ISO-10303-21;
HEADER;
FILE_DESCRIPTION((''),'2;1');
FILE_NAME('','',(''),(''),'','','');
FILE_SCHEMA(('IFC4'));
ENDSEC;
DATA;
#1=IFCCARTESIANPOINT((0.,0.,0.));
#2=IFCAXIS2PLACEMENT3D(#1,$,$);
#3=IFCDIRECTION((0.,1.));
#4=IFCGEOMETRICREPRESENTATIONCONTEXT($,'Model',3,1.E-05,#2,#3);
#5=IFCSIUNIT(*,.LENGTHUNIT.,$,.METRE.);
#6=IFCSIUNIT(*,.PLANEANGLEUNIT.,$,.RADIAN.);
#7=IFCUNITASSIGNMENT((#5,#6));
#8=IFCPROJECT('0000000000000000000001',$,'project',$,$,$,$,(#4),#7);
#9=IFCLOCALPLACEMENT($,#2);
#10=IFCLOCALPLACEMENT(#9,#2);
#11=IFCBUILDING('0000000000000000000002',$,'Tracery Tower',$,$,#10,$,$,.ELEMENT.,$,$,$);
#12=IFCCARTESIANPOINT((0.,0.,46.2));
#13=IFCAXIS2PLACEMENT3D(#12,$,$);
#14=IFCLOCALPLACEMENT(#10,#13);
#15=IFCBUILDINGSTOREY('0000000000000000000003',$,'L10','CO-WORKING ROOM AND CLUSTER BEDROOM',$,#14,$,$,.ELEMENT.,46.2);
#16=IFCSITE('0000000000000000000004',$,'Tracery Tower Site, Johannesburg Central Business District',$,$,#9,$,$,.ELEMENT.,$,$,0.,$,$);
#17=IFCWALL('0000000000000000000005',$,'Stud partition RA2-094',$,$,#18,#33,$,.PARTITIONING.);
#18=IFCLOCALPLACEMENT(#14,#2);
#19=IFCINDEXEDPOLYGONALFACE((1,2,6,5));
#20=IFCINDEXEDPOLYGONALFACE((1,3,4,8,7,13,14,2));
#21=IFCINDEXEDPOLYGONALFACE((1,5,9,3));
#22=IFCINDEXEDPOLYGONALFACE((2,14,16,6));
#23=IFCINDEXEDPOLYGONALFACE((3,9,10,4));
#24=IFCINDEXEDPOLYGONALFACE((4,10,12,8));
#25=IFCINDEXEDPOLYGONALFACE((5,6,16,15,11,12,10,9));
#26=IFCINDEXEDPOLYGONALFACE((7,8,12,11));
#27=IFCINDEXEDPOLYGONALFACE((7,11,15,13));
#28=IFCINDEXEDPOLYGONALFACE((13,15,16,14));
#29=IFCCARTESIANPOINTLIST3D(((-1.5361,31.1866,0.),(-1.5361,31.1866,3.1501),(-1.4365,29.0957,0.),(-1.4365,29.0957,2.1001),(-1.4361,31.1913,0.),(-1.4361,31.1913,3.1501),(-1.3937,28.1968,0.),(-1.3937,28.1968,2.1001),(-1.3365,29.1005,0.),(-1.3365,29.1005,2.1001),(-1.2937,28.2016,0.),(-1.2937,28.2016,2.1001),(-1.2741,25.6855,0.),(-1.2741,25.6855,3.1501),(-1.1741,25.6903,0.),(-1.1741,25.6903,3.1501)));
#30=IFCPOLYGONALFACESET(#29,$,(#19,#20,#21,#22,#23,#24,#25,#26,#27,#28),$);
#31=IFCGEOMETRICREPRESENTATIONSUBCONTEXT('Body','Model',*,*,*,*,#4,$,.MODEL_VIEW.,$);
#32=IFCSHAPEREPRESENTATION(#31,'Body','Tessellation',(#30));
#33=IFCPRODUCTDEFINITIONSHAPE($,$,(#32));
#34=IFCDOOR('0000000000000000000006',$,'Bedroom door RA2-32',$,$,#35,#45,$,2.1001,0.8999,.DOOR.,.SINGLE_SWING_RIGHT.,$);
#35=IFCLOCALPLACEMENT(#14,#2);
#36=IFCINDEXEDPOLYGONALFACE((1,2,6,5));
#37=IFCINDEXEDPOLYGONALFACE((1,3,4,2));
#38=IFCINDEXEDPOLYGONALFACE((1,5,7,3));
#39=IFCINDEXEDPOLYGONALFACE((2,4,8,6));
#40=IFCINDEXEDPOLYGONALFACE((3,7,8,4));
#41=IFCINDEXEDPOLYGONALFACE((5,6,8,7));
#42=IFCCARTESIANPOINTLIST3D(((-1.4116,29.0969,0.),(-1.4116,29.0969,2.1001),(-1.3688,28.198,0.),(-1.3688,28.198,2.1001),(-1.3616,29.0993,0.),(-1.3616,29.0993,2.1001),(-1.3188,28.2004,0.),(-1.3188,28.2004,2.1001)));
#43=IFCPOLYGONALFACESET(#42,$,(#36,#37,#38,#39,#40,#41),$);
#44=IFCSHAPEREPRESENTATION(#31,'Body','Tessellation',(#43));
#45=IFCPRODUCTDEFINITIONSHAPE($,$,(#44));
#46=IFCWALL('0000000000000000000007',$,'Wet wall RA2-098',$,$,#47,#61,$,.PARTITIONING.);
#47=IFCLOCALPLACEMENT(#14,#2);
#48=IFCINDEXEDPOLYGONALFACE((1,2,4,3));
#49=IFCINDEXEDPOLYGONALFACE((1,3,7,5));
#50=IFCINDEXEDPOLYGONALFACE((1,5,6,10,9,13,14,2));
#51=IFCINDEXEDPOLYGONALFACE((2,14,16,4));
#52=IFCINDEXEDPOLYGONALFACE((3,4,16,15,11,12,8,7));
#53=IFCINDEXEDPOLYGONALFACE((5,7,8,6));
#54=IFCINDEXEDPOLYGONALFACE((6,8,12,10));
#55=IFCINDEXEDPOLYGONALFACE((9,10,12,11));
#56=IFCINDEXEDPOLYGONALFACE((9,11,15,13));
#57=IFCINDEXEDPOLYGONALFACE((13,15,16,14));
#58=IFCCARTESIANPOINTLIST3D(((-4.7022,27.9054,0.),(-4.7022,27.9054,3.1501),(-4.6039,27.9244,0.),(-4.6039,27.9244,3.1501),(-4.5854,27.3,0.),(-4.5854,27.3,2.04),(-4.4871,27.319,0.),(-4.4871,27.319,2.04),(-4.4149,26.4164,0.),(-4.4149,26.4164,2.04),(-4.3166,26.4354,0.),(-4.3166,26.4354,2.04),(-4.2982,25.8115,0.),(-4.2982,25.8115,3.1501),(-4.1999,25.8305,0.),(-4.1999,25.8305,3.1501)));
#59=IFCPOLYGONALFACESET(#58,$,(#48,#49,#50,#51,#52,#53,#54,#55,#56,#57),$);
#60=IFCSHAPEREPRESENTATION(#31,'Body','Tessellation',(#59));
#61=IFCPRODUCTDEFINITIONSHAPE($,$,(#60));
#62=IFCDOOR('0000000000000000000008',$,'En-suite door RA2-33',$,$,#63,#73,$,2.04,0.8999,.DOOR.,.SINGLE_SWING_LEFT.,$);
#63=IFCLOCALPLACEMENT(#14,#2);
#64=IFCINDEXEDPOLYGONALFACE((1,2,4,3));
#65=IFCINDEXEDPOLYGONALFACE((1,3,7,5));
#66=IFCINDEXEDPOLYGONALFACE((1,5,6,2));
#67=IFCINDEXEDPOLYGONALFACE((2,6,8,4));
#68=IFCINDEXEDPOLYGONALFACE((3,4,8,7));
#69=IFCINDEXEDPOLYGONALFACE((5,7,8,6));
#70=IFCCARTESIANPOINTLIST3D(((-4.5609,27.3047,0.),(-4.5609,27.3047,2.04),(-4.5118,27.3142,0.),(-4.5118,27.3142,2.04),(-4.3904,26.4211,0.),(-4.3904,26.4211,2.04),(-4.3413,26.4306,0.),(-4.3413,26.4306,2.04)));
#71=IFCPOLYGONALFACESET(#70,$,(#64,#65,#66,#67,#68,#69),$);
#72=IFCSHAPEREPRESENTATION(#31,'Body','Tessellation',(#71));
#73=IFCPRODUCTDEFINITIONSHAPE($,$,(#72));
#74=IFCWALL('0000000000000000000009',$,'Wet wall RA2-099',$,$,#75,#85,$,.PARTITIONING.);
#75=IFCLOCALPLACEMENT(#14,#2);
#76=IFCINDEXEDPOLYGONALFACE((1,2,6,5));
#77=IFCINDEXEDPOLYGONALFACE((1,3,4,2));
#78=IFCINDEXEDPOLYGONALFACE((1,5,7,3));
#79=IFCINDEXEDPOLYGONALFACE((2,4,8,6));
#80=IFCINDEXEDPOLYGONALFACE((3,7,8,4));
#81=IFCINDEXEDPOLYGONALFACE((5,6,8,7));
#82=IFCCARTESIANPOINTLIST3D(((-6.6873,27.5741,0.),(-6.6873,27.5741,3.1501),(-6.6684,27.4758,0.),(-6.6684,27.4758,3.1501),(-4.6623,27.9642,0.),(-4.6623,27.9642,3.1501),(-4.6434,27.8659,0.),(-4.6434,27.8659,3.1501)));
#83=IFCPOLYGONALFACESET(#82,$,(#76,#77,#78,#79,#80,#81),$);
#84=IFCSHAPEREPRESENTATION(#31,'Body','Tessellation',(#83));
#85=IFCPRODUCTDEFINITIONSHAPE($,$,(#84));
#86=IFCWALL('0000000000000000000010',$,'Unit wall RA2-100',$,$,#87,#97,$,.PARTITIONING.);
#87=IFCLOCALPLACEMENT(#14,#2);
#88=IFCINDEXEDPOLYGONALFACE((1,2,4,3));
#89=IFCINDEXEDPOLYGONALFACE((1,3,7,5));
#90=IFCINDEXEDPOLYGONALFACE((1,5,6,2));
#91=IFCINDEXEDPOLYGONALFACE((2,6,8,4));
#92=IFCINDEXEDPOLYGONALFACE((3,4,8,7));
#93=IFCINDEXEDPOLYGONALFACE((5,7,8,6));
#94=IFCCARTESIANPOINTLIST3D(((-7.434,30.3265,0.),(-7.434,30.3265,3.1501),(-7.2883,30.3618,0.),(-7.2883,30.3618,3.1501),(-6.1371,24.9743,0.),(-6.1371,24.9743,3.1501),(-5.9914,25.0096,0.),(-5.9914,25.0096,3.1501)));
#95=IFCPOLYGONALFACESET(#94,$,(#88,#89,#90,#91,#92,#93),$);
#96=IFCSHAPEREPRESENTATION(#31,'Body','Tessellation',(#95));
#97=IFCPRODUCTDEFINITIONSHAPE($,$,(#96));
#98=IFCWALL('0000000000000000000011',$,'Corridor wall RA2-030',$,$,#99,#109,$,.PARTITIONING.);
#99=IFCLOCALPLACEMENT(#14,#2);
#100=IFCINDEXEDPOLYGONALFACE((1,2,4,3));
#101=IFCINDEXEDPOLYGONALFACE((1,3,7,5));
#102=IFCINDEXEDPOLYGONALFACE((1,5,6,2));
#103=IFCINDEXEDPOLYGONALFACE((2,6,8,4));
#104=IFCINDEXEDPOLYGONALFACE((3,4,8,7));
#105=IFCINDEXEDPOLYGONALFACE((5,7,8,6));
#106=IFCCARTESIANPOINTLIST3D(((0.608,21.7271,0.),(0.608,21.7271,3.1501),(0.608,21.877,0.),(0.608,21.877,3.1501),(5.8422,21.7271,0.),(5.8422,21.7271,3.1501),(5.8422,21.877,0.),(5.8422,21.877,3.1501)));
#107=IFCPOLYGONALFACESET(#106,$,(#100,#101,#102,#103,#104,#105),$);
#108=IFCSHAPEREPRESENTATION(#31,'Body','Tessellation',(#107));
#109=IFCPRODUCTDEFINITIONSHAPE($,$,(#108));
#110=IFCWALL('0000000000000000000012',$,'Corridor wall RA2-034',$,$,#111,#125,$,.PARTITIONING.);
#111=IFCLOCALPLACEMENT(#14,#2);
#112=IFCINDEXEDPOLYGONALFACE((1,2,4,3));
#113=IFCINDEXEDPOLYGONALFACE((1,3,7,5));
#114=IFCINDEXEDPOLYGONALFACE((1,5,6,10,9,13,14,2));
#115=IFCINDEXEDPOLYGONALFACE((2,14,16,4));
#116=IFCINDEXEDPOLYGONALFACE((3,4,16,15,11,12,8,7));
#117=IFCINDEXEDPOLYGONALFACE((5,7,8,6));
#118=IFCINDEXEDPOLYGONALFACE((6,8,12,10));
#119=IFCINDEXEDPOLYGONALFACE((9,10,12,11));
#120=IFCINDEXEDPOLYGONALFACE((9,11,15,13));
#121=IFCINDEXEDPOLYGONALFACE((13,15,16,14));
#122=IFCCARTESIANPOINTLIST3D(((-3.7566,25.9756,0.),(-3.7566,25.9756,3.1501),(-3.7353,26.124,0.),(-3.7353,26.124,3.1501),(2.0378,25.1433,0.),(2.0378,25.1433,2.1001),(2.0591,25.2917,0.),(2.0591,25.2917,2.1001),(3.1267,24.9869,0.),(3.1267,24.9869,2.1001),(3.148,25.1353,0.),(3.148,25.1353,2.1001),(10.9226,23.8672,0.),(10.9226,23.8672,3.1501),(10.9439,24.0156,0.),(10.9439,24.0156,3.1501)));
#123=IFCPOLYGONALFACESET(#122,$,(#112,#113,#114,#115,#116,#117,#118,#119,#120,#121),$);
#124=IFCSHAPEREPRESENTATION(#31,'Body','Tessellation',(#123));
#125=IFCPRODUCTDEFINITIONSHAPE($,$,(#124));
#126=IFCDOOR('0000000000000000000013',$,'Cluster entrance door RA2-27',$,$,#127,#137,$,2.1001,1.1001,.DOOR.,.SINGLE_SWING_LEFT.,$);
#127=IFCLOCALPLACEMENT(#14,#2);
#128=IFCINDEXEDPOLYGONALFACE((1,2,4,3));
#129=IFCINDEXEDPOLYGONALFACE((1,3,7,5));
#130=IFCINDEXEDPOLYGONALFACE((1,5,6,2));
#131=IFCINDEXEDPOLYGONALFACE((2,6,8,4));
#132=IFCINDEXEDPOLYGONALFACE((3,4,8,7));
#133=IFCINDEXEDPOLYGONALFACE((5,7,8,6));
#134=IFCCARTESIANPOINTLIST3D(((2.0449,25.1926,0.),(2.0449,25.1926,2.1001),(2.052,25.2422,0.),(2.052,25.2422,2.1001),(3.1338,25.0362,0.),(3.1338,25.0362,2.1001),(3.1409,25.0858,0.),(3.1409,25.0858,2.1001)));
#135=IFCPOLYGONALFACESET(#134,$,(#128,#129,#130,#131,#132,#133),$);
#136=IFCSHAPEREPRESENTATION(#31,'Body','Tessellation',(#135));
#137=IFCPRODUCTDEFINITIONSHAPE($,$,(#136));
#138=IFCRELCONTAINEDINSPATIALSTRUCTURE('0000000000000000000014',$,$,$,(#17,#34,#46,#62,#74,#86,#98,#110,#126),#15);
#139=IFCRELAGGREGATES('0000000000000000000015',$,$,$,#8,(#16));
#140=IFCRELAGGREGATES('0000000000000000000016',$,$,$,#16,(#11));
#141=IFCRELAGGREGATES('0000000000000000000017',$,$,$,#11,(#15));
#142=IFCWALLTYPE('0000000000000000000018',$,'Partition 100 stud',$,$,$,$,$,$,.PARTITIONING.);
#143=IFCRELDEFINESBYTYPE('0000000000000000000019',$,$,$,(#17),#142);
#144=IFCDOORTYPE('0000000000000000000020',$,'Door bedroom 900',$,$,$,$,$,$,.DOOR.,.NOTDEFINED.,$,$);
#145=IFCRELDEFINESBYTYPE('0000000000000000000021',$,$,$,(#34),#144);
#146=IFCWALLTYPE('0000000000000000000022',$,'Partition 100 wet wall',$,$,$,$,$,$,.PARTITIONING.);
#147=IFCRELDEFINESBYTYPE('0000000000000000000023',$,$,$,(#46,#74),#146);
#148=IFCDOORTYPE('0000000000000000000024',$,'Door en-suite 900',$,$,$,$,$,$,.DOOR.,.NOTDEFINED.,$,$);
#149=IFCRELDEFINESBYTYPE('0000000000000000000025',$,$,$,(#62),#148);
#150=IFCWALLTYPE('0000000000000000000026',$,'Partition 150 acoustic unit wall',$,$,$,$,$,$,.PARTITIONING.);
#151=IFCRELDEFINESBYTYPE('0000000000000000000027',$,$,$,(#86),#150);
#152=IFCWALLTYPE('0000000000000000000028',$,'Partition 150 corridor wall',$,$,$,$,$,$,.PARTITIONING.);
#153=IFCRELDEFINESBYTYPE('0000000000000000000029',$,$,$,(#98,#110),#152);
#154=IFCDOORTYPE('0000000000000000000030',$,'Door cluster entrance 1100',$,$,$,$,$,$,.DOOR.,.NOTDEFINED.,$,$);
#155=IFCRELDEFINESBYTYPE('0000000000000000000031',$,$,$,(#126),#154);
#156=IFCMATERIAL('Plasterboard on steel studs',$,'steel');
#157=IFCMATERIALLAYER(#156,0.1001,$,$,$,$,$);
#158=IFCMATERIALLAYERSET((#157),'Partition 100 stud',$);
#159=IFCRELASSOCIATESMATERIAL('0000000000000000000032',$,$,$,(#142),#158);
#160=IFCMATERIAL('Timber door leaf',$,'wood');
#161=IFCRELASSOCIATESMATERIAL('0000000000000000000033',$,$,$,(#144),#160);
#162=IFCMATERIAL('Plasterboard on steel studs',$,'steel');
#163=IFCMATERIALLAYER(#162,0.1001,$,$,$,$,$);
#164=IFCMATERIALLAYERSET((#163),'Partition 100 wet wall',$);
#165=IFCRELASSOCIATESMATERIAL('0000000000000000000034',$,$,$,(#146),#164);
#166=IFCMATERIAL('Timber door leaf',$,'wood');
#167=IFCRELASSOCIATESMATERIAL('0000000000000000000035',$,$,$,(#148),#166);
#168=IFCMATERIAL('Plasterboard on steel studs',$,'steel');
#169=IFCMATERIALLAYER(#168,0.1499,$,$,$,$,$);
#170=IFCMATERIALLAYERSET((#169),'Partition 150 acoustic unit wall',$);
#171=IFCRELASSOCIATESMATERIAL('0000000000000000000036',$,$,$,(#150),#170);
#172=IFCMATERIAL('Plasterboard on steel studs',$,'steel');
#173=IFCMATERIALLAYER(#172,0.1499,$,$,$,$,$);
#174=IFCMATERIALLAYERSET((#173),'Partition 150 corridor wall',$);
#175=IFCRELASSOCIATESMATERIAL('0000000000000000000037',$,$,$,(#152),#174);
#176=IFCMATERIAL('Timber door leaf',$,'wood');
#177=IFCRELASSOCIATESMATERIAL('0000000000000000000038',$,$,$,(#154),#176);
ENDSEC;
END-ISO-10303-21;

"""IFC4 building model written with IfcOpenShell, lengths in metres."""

from ifc_helpers import new_model, si_unit, direction, frame, frame_2d, origin, place, context, subcontext, project, spatial, rectangle, extrude, material, layer, layer_set, type_object, element, fill, save


model = new_model("IFC4")

# Units and contexts
model_context = context("Model", 3, precision=1e-05, world=origin(), true_north=direction((0.0, 1.0)))
body_context = subcontext(model_context, "Body", "Model", "MODEL_VIEW")
ifc_project = project(units=[si_unit("LENGTHUNIT", "METRE"), si_unit("PLANEANGLEUNIT", "RADIAN")], contexts=[model_context])

# Site, building, storey
site_placement = place(None, origin())
site = spatial("IfcSite", under=ifc_project, at=site_placement, Name="Tracery Tower Site, Johannesburg Central Business District", CompositionType="ELEMENT", RefElevation=0.0)
building_placement = place(site_placement, origin())
building = spatial("IfcBuilding", under=site, at=building_placement, Name="Tracery Tower", CompositionType="ELEMENT")
storey_placement = place(building_placement, frame((0.0, 0.0, 46.2)))
storey = spatial("IfcBuildingStorey", under=building, at=storey_placement, Name="L10", Description="CO-WORKING ROOM AND CLUSTER BEDROOM", CompositionType="ELEMENT", Elevation=46.2)

# Walls, openings, doors
ifc_material_1 = material(Name="Plasterboard on steel studs", Category="steel")
ifc_layer_1 = layer(ifc_material_1, 0.1001)
ifc_layer_set_1 = layer_set([ifc_layer_1], Name="Partition 100 stud")
wall_type_1 = type_object("IfcWallType", Name="Partition 100 stud", PredefinedType="PARTITIONING", material=ifc_layer_set_1)
wall_1_placement = place(storey_placement, frame((-1.4861, 31.189, 0.0), z_axis=(0.0, 0.0, 1.0), x_axis=(0.047567, -0.998868, 0.0)))
wall_1 = element("IfcWall", 1, at=wall_1_placement, inside=storey, type_object=wall_type_1, Name="Stud partition RA2-094", PredefinedType="PARTITIONING", context=body_context, shape_type="SweptSolid", body=[
    extrude(rectangle(XDim=5.5073, YDim=0.1001, at=frame_2d((2.7537, 0.0))), origin(), (0.0, 0.0, 1.0), 3.1501),
])
opening_1_placement = place(wall_1_placement, frame((2.0933, 0.0, 0.0)))
opening_1 = element("IfcOpeningElement", 2, at=opening_1_placement, cuts=wall_1, PredefinedType="OPENING", context=body_context, shape_type="SweptSolid", body=[
    extrude(rectangle(XDim=0.8999, YDim=2.1001, at=frame_2d((0.45, 1.05))), frame((0.0, 0.05, 0.0), z_axis=(0.0, -1.0, 0.0), x_axis=(1.0, 0.0, 0.0)), (0.0, 0.0, 1.0), 0.1001),
])
ifc_material_2 = material(Name="Timber door leaf", Category="wood")
door_type_1 = type_object("IfcDoorType", Name="Door bedroom 900", OperationType="NOTDEFINED", PredefinedType="DOOR", material=ifc_material_2)
door_1_placement = place(opening_1_placement, origin())
door_1 = element("IfcDoor", 3, at=door_1_placement, inside=storey, type_object=door_type_1, Name="Bedroom door RA2-32", OperationType="SINGLE_SWING_RIGHT", OverallHeight=2.1001, OverallWidth=0.8999, PredefinedType="DOOR", context=body_context, shape_type="SweptSolid", body=[
    extrude(rectangle(XDim=0.8999, YDim=2.1001, at=frame_2d((0.45, 1.05))), frame((0.0, 0.0249, 0.0), z_axis=(0.0, -1.0, 0.0), x_axis=(1.0, 0.0, 0.0)), (0.0, 0.0, 1.0), 0.05),
])
fill(opening_1, door_1)
ifc_material_3 = material(Name="Plasterboard on steel studs", Category="steel")
ifc_layer_2 = layer(ifc_material_3, 0.1001)
ifc_layer_set_2 = layer_set([ifc_layer_2], Name="Partition 100 wet wall")
wall_type_2 = type_object("IfcWallType", Name="Partition 100 wet wall", PredefinedType="PARTITIONING", material=ifc_layer_set_2)
wall_2_placement = place(storey_placement, frame((-4.6531, 27.915, 0.0), z_axis=(0.0, 0.0, 1.0), x_axis=(0.189463, -0.981888, 0.0)))
wall_2 = element("IfcWall", 4, at=wall_2_placement, inside=storey, type_object=wall_type_2, Name="Wet wall RA2-098", PredefinedType="PARTITIONING", context=body_context, shape_type="SweptSolid", body=[
    extrude(rectangle(XDim=2.1326, YDim=0.1001, at=frame_2d((1.0664, 0.0))), origin(), (0.0, 0.0, 1.0), 3.1501),
])
opening_2_placement = place(wall_2_placement, frame((0.6167, 0.0, 0.0)))
opening_2 = element("IfcOpeningElement", 5, at=opening_2_placement, cuts=wall_2, PredefinedType="OPENING", context=body_context, shape_type="SweptSolid", body=[
    extrude(rectangle(XDim=0.8999, YDim=2.04, at=frame_2d((0.45, 1.02))), frame((0.0, 0.05, 0.0), z_axis=(0.0, -1.0, 0.0), x_axis=(1.0, 0.0, 0.0)), (0.0, 0.0, 1.0), 0.1001),
])
ifc_material_4 = material(Name="Timber door leaf", Category="wood")
door_type_2 = type_object("IfcDoorType", Name="Door en-suite 900", OperationType="NOTDEFINED", PredefinedType="DOOR", material=ifc_material_4)
door_2_placement = place(opening_2_placement, origin())
door_2 = element("IfcDoor", 6, at=door_2_placement, inside=storey, type_object=door_type_2, Name="En-suite door RA2-33", OperationType="SINGLE_SWING_LEFT", OverallHeight=2.04, OverallWidth=0.8999, PredefinedType="DOOR", context=body_context, shape_type="SweptSolid", body=[
    extrude(rectangle(XDim=0.8999, YDim=2.04, at=frame_2d((0.45, 1.02))), frame((0.0, 0.0249, 0.0), z_axis=(0.0, -1.0, 0.0), x_axis=(1.0, 0.0, 0.0)), (0.0, 0.0, 1.0), 0.05),
])
fill(opening_2, door_2)

# Walls
wall_3_placement = place(storey_placement, frame((-6.678, 27.5249, 0.0), z_axis=(0.0, 0.0, 1.0), x_axis=(0.981941, 0.18919, 0.0)))
element("IfcWall", 7, at=wall_3_placement, inside=storey, type_object=wall_type_2, Name="Wet wall RA2-099", PredefinedType="PARTITIONING", context=body_context, shape_type="SweptSolid", body=[
    extrude(rectangle(XDim=2.0623, YDim=0.1001, at=frame_2d((1.0312, 0.0))), origin(), (0.0, 0.0, 1.0), 3.1501),
])
ifc_material_5 = material(Name="Plasterboard on steel studs", Category="steel")
ifc_layer_3 = layer(ifc_material_5, 0.1499)
ifc_layer_set_3 = layer_set([ifc_layer_3], Name="Partition 150 acoustic unit wall")
wall_type_3 = type_object("IfcWallType", Name="Partition 150 acoustic unit wall", PredefinedType="PARTITIONING", material=ifc_layer_set_3)
wall_4_placement = place(storey_placement, frame((-7.3611, 30.344, 0.0), z_axis=(0.0, 0.0, 1.0), x_axis=(0.235488, -0.971877, 0.0)))
element("IfcWall", 8, at=wall_4_placement, inside=storey, type_object=wall_type_3, Name="Unit wall RA2-100", PredefinedType="PARTITIONING", context=body_context, shape_type="SweptSolid", body=[
    extrude(rectangle(XDim=5.5071, YDim=0.1499, at=frame_2d((2.7534, 0.0))), origin(), (0.0, 0.0, 1.0), 3.1501),
])
ifc_material_6 = material(Name="Plasterboard on steel studs", Category="steel")
ifc_layer_4 = layer(ifc_material_6, 0.1499)
ifc_layer_set_4 = layer_set([ifc_layer_4], Name="Partition 150 corridor wall")
wall_type_4 = type_object("IfcWallType", Name="Partition 150 corridor wall", PredefinedType="PARTITIONING", material=ifc_layer_set_4)
wall_5_placement = place(storey_placement, frame((0.6079, 21.802, 0.0), z_axis=(0.0, 0.0, 1.0), x_axis=(1.0, 0.0, 0.0)))
element("IfcWall", 9, at=wall_5_placement, inside=storey, type_object=wall_type_4, Name="Corridor wall RA2-030", PredefinedType="PARTITIONING", context=body_context, shape_type="SweptSolid", body=[
    extrude(rectangle(XDim=5.2341, YDim=0.1499, at=frame_2d((2.6172, 0.0))), origin(), (0.0, 0.0, 1.0), 3.1501),
])

# Wall, opening, door
wall_6_placement = place(storey_placement, frame((-3.7461, 26.0498, 0.0), z_axis=(0.0, 0.0, 1.0), x_axis=(0.989842, -0.142173, 0.0)))
wall_6 = element("IfcWall", 10, at=wall_6_placement, inside=storey, type_object=wall_type_4, Name="Corridor wall RA2-034", PredefinedType="PARTITIONING", context=body_context, shape_type="SweptSolid", body=[
    extrude(rectangle(XDim=14.8298, YDim=0.1499, at=frame_2d((7.415, 0.0))), origin(), (0.0, 0.0, 1.0), 3.1501),
])
opening_3_placement = place(wall_6_placement, frame((5.854, 0.0, 0.0)))
opening_3 = element("IfcOpeningElement", 11, at=opening_3_placement, cuts=wall_6, PredefinedType="OPENING", context=body_context, shape_type="SweptSolid", body=[
    extrude(rectangle(XDim=1.1001, YDim=2.1001, at=frame_2d((0.55, 1.05))), frame((0.0, 0.075, 0.0), z_axis=(0.0, -1.0, 0.0), x_axis=(1.0, 0.0, 0.0)), (0.0, 0.0, 1.0), 0.1499),
])
ifc_material_7 = material(Name="Timber door leaf", Category="wood")
door_type_3 = type_object("IfcDoorType", Name="Door cluster entrance 1100", OperationType="NOTDEFINED", PredefinedType="DOOR", material=ifc_material_7)
door_3_placement = place(opening_3_placement, origin())
door_3 = element("IfcDoor", 12, at=door_3_placement, inside=storey, type_object=door_type_3, Name="Cluster entrance door RA2-27", OperationType="SINGLE_SWING_LEFT", OverallHeight=2.1001, OverallWidth=1.1001, PredefinedType="DOOR", context=body_context, shape_type="SweptSolid", body=[
    extrude(rectangle(XDim=1.1001, YDim=2.1001, at=frame_2d((0.55, 1.05))), frame((0.0, 0.0249, 0.0), z_axis=(0.0, -1.0, 0.0), x_axis=(1.0, 0.0, 0.0)), (0.0, 0.0, 1.0), 0.05),
])
fill(opening_3, door_3)

save(model, "model.ifc")
